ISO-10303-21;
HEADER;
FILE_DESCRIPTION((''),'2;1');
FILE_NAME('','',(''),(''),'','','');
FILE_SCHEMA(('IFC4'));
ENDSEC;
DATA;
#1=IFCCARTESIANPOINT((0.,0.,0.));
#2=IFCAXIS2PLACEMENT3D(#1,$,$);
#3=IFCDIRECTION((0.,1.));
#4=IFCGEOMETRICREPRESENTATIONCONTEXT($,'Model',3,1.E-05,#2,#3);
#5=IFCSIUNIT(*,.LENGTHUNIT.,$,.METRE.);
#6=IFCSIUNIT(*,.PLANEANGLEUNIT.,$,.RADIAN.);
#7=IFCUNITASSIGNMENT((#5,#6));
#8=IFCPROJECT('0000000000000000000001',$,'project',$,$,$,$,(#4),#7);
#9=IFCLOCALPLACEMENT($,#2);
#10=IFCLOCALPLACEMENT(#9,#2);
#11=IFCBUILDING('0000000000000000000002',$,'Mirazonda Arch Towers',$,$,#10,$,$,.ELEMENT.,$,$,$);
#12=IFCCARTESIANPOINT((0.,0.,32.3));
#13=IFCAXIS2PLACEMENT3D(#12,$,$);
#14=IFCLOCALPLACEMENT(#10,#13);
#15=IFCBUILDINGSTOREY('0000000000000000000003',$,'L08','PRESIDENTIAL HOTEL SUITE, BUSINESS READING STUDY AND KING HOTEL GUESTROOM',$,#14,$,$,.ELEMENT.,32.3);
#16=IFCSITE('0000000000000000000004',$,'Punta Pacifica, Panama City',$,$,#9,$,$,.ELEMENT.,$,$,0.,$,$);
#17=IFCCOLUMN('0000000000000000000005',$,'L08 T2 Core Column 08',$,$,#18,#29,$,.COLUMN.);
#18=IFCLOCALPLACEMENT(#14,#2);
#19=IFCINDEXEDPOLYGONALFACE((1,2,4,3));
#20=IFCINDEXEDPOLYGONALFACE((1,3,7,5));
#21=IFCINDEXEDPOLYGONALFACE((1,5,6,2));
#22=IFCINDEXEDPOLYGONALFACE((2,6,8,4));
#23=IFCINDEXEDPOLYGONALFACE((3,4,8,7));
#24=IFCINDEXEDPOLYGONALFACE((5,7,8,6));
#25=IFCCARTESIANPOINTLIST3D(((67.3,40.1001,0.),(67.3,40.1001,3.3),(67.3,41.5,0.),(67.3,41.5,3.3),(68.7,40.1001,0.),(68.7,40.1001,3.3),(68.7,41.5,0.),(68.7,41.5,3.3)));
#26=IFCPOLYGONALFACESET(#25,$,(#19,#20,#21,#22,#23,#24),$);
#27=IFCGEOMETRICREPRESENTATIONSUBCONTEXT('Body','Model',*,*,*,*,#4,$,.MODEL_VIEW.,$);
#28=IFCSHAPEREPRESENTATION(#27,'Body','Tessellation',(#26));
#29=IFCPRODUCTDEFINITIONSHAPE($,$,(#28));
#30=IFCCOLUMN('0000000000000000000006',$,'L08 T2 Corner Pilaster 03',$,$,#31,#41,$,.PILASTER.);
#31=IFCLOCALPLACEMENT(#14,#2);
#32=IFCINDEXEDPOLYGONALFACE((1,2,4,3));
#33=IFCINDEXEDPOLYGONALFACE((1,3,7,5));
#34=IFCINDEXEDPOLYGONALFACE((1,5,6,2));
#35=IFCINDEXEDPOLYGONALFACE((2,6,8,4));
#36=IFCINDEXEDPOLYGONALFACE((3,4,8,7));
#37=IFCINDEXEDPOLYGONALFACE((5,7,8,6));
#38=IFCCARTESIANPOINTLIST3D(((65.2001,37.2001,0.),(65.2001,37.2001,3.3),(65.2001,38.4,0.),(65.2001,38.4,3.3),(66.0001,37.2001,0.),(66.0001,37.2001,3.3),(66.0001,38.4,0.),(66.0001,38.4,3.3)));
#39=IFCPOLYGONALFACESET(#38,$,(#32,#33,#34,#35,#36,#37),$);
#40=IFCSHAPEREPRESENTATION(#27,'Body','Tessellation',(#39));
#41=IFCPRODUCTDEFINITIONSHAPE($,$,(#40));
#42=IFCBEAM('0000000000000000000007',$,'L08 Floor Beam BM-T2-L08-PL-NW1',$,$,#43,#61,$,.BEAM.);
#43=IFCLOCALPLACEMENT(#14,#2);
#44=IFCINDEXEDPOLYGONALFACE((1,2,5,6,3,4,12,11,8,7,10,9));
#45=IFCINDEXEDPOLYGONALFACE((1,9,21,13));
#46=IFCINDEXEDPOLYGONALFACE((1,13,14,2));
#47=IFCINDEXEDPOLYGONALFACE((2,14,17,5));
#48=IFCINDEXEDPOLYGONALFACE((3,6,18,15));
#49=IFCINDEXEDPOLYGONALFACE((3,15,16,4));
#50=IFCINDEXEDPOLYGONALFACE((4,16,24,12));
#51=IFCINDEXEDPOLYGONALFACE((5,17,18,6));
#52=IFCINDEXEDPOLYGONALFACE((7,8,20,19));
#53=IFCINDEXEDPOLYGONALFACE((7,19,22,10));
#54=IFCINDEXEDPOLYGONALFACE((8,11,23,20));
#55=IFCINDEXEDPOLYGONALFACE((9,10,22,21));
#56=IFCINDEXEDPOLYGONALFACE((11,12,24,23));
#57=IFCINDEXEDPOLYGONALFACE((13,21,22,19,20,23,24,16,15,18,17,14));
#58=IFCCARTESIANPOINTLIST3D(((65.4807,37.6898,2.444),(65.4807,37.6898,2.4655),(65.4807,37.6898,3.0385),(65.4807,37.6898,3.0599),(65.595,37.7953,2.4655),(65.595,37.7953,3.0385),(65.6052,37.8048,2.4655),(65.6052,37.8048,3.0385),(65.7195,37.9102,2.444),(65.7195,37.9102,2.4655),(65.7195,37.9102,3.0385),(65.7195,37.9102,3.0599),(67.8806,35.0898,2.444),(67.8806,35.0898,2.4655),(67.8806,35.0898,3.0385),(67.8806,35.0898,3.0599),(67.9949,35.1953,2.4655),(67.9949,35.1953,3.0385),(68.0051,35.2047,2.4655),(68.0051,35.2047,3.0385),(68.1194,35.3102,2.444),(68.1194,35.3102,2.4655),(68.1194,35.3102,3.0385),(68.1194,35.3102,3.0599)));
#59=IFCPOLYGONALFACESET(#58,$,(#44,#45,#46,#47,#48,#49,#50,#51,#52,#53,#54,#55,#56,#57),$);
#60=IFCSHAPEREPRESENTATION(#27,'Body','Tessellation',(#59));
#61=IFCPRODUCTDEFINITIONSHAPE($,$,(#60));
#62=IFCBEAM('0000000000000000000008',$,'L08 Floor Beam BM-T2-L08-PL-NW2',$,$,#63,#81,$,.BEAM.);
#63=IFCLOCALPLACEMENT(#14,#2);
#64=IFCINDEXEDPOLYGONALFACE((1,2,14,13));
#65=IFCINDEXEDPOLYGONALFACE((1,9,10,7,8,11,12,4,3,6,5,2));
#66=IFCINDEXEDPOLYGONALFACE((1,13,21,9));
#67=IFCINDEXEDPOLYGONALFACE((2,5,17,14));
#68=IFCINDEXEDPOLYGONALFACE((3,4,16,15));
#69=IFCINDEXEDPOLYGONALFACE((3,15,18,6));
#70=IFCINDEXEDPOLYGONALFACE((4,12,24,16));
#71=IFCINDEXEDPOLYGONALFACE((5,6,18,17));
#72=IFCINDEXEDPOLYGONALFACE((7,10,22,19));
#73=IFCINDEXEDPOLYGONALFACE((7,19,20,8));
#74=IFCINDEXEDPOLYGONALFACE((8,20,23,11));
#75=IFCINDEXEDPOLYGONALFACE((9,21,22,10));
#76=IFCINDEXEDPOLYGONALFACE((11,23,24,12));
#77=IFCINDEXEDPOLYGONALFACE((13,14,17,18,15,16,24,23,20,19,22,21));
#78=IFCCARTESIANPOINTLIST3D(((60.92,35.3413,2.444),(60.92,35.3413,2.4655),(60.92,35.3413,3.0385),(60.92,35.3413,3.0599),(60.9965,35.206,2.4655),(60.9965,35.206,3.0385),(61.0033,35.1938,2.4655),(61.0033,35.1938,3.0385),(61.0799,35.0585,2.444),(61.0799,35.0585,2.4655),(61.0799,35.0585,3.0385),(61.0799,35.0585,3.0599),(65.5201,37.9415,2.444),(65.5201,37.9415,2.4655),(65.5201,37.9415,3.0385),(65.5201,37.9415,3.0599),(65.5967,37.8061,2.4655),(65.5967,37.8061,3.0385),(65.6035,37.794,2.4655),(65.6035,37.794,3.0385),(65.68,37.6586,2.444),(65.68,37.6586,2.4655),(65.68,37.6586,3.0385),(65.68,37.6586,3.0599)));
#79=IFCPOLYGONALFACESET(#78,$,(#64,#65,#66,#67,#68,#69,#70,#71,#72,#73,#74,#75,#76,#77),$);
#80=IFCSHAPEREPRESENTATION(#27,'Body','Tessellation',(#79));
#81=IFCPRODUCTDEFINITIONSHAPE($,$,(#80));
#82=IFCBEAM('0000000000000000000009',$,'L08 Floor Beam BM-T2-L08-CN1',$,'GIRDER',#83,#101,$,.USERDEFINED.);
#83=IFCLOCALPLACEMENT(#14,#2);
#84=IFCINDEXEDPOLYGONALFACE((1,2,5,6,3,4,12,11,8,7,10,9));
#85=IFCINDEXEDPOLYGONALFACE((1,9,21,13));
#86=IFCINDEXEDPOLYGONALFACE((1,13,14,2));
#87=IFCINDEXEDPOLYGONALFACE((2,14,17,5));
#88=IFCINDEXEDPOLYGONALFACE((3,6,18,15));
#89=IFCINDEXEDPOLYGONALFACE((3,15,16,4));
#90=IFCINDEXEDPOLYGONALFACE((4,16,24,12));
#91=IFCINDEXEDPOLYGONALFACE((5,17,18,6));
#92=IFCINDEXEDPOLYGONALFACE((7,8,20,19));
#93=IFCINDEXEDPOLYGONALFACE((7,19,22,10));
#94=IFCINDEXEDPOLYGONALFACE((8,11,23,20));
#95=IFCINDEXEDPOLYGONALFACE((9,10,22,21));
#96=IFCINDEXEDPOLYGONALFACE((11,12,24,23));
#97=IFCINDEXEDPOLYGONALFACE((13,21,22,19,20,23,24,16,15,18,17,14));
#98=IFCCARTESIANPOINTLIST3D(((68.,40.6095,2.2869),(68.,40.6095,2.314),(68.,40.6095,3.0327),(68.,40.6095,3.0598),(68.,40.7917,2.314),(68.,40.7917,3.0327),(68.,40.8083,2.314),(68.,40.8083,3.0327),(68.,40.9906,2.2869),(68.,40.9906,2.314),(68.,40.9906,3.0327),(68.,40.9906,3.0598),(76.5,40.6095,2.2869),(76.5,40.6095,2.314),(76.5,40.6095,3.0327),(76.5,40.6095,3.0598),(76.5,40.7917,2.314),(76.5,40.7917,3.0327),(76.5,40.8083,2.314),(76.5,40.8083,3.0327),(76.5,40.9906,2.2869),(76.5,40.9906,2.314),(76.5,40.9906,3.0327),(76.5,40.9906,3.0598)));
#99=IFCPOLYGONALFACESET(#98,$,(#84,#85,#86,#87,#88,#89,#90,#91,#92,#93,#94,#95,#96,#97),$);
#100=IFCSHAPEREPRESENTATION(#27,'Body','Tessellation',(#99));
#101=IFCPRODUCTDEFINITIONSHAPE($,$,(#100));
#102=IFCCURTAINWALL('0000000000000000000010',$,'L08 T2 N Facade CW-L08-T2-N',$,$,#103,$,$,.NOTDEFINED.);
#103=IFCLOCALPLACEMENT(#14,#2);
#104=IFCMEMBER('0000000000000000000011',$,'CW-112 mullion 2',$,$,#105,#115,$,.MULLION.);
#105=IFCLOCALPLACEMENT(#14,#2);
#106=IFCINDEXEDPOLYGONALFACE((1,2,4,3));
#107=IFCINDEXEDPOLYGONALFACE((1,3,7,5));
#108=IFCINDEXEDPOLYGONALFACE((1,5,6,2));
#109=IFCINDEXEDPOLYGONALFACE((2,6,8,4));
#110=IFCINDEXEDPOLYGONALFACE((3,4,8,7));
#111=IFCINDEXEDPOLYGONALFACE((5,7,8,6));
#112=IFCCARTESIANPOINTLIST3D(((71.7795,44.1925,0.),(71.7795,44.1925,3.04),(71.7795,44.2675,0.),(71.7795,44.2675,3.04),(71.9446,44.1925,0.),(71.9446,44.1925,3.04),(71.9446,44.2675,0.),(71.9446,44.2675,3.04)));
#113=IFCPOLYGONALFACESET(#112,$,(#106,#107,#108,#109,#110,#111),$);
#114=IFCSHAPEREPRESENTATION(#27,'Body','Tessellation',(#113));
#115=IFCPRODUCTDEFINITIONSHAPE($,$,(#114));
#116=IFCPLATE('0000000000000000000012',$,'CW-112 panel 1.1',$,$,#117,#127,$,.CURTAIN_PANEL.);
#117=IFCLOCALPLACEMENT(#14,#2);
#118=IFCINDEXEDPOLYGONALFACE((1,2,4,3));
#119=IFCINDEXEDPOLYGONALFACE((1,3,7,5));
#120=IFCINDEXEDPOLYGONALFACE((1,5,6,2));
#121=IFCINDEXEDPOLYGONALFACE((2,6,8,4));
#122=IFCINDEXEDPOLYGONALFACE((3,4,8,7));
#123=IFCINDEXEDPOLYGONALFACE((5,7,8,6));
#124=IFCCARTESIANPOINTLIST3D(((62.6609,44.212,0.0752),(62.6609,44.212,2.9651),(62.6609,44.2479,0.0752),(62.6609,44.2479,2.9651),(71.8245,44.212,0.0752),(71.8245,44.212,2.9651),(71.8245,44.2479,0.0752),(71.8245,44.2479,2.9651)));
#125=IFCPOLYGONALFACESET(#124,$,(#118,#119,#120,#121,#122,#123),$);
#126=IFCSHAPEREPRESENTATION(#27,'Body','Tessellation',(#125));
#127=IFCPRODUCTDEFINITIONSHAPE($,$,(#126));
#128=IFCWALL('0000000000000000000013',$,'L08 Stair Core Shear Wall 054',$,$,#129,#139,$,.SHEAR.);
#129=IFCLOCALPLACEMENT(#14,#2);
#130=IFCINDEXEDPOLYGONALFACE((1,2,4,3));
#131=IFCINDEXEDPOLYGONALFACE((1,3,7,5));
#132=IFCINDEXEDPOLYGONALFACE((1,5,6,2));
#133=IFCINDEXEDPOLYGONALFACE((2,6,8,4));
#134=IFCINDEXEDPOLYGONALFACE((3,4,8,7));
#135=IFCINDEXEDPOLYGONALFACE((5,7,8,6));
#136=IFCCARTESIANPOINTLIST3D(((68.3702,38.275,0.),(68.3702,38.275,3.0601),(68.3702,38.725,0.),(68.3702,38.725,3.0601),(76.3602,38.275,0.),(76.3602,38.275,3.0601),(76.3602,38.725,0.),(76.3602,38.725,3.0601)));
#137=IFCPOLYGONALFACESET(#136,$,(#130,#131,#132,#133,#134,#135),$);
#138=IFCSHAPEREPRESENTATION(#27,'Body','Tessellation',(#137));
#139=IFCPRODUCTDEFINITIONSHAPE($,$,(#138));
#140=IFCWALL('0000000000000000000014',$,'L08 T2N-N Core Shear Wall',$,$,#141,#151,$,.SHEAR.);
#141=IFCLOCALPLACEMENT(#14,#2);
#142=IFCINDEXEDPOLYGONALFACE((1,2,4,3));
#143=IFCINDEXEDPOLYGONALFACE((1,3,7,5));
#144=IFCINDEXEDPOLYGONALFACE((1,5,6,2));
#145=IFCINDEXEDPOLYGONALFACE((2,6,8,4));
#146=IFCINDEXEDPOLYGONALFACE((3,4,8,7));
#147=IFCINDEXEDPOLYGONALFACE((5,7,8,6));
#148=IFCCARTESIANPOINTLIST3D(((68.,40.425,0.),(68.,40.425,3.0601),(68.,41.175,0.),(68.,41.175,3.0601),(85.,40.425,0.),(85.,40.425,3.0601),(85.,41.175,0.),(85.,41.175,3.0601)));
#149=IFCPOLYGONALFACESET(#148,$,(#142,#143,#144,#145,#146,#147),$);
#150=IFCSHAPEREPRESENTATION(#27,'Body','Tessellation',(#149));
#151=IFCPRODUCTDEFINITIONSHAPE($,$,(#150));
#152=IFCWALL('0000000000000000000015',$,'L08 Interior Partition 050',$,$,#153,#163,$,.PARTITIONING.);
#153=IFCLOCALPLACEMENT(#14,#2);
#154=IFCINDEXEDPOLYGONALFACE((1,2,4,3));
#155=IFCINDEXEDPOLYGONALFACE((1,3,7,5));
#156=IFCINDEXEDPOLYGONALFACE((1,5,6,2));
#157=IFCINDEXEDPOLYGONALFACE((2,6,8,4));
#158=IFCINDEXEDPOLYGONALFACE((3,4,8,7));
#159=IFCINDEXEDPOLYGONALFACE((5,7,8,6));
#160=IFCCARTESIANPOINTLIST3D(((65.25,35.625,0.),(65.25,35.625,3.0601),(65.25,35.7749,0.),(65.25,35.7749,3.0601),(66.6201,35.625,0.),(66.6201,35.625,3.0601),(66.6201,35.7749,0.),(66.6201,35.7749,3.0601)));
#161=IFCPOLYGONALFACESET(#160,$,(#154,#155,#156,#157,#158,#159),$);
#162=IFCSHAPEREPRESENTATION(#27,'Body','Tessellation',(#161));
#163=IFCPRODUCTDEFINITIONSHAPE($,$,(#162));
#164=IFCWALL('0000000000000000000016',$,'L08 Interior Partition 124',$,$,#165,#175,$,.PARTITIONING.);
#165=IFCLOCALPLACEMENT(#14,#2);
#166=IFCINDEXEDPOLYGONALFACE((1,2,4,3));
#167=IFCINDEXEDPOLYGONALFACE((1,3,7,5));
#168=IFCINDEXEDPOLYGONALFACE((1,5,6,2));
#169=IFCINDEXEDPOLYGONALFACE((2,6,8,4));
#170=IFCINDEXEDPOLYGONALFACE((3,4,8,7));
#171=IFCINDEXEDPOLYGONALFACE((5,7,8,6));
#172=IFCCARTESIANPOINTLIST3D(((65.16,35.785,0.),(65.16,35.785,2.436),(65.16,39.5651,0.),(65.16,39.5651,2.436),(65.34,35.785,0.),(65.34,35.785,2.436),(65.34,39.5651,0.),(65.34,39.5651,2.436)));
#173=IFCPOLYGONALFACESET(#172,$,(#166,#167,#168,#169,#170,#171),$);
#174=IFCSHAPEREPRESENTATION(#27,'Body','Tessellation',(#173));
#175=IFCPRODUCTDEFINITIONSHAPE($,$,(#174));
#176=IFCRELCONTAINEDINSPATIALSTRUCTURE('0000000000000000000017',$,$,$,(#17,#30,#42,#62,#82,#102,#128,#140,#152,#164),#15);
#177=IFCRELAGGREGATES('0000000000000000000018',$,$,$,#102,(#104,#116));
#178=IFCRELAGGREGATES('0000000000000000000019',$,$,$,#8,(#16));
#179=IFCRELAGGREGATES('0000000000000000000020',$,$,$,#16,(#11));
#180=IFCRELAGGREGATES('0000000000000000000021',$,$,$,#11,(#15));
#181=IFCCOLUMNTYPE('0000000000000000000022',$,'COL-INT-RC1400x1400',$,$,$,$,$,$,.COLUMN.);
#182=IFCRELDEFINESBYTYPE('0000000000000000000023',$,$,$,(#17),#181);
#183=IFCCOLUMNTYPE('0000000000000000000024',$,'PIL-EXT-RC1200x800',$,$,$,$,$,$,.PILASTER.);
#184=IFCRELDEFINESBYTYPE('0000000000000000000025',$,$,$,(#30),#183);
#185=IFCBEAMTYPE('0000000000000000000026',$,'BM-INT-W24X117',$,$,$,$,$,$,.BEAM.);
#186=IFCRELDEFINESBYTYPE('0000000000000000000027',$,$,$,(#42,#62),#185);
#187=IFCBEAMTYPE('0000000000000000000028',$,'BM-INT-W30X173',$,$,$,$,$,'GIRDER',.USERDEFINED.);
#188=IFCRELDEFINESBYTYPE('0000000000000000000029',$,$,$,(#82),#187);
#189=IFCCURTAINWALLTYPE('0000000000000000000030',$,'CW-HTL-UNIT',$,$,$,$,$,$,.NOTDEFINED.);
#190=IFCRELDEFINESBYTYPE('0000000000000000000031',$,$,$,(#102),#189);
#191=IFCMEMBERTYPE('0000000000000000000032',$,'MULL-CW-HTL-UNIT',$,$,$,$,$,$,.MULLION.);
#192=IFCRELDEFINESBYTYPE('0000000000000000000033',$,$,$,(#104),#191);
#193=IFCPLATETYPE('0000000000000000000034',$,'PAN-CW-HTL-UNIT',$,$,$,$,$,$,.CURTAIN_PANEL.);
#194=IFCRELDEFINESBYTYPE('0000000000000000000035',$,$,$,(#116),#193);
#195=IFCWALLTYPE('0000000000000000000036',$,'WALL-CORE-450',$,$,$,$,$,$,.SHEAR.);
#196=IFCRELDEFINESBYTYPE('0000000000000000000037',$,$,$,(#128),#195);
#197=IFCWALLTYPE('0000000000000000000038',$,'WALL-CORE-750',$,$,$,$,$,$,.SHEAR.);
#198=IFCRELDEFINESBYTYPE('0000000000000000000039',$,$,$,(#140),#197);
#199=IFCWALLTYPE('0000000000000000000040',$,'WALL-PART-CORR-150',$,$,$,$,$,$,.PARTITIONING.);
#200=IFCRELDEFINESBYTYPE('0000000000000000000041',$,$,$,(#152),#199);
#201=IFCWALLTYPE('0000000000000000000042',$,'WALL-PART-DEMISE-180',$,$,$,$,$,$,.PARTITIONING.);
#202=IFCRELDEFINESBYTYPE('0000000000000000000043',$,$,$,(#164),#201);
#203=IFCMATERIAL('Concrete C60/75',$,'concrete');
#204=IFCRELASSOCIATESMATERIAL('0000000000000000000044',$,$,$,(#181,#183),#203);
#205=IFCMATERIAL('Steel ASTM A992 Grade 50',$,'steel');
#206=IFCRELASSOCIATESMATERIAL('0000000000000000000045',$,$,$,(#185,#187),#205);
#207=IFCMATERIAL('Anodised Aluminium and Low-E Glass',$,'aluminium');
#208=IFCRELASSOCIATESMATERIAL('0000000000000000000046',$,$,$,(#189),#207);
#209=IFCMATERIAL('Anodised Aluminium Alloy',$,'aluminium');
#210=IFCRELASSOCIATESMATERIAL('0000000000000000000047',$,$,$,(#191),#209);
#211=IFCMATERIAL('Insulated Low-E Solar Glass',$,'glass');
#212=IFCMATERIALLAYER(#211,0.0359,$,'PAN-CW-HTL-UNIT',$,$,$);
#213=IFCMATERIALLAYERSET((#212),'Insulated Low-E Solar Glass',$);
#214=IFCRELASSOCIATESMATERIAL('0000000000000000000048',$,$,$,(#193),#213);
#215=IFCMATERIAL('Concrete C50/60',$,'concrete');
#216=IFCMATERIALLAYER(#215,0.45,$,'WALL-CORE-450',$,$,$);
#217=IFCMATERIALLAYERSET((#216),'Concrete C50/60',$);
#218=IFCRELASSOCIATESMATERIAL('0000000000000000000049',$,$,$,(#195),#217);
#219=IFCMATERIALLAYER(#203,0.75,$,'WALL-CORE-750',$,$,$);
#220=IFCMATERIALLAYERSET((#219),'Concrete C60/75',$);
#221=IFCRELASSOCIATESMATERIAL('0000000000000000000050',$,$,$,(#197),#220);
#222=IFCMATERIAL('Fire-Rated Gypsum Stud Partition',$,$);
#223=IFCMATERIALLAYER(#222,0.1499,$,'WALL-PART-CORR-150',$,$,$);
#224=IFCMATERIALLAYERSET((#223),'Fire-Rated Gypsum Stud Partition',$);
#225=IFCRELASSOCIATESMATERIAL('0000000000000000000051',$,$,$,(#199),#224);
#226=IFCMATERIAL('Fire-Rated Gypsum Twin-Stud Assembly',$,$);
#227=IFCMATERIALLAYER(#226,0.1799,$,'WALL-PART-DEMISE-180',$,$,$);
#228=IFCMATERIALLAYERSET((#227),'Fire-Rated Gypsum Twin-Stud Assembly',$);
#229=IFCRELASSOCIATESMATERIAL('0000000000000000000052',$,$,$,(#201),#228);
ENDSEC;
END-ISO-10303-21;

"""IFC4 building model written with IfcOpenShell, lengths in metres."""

from ifc_helpers import new_model, si_unit, direction, frame, frame_2d, origin, origin_2d, place, context, subcontext, project, spatial, rectangle, i_section, extrude, material, layer, layer_set, material_profile, profile_set, type_object, element, aggregate, save


model = new_model("IFC4")

# Units and contexts
model_context = context("Model", 3, precision=1e-05, world=origin(), true_north=direction((0.0, 1.0)))
body_context = subcontext(model_context, "Body", "Model", "MODEL_VIEW")
ifc_project = project(units=[si_unit("LENGTHUNIT", "METRE"), si_unit("PLANEANGLEUNIT", "RADIAN")], contexts=[model_context])

# Site, building, storey
site_placement = place(None, origin())
site = spatial("IfcSite", under=ifc_project, at=site_placement, Name="Punta Pacifica, Panama City", CompositionType="ELEMENT", RefElevation=0.0)
building_placement = place(site_placement, origin())
building = spatial("IfcBuilding", under=site, at=building_placement, Name="Mirazonda Arch Towers", CompositionType="ELEMENT")
storey_placement = place(building_placement, frame((0.0, 0.0, 32.3)))
storey = spatial("IfcBuildingStorey", under=building, at=storey_placement, Name="L08", Description="PRESIDENTIAL HOTEL SUITE, BUSINESS READING STUDY AND KING HOTEL GUESTROOM", CompositionType="ELEMENT", Elevation=32.3)

# Columns
ifc_material_1 = material(Name="Concrete C60/75", Category="concrete")
ifc_material_profile_1 = material_profile(ifc_material_1, rectangle(XDim=1.3999, YDim=1.3999, at=origin_2d()), Name="RC1400x1400")
ifc_profile_set_1 = profile_set([ifc_material_profile_1], Name="Concrete C60/75")
column_type_1 = type_object("IfcColumnType", Name="COL-INT-RC1400x1400", PredefinedType="COLUMN", material=ifc_profile_set_1)
column_1_placement = place(storey_placement, frame((68.0, 40.8, 0.0), z_axis=(0.0, 0.0, 1.0), x_axis=(1.0, 0.0, 0.0)))
element("IfcColumn", 1, at=column_1_placement, inside=storey, type_object=column_type_1, Name="L08 T2 Core Column 08", PredefinedType="COLUMN", context=body_context, shape_type="SweptSolid", body=[
    extrude(rectangle(XDim=1.3999, YDim=1.3999, at=origin_2d()), origin(), (0.0, 0.0, 1.0), 3.3),
])
ifc_material_profile_2 = material_profile(ifc_material_1, rectangle(XDim=0.8, YDim=1.2, at=origin_2d()), Name="RC1200x800")
ifc_profile_set_2 = profile_set([ifc_material_profile_2], Name="Concrete C60/75")
column_type_2 = type_object("IfcColumnType", Name="PIL-EXT-RC1200x800", PredefinedType="PILASTER", material=ifc_profile_set_2)
column_2_placement = place(storey_placement, frame((65.6001, 37.8, 0.0), z_axis=(0.0, 0.0, 1.0), x_axis=(1.0, 0.0, 0.0)))
element("IfcColumn", 2, at=column_2_placement, inside=storey, type_object=column_type_2, Name="L08 T2 Corner Pilaster 03", PredefinedType="PILASTER", context=body_context, shape_type="SweptSolid", body=[
    extrude(rectangle(XDim=0.8, YDim=1.2, at=origin_2d()), origin(), (0.0, 0.0, 1.0), 3.3),
])

# Beams
ifc_material_2 = material(Name="Steel ASTM A992 Grade 50", Category="steel")
ifc_material_profile_3 = material_profile(ifc_material_2, i_section(OverallWidth=0.325, OverallDepth=0.616, WebThickness=0.0139, FlangeThickness=0.0215, at=origin_2d()), Name="W24X117")
ifc_profile_set_3 = profile_set([ifc_material_profile_3], Name="Steel ASTM A992 Grade 50")
beam_type_1 = type_object("IfcBeamType", Name="BM-INT-W24X117", PredefinedType="BEAM", material=ifc_profile_set_3)
beam_1_placement = place(storey_placement, frame((65.6001, 37.8, 2.752), z_axis=(0.678251, -0.73483, 0.0), x_axis=(0.73483, 0.678251, 0.0)))
element("IfcBeam", 3, at=beam_1_placement, inside=storey, type_object=beam_type_1, Name="L08 Floor Beam BM-T2-L08-PL-NW1", PredefinedType="BEAM", context=body_context, shape_type="SweptSolid", body=[
    extrude(i_section(OverallWidth=0.325, OverallDepth=0.616, WebThickness=0.0139, FlangeThickness=0.0215, at=origin_2d()), origin(), (0.0, 0.0, 1.0), 3.5383),
])
beam_2_placement = place(storey_placement, frame((65.6001, 37.8, 2.752), z_axis=(-0.870559, -0.492063, 0.0), x_axis=(0.492063, -0.870559, 0.0)))
element("IfcBeam", 4, at=beam_2_placement, inside=storey, type_object=beam_type_1, Name="L08 Floor Beam BM-T2-L08-PL-NW2", PredefinedType="BEAM", context=body_context, shape_type="SweptSolid", body=[
    extrude(i_section(OverallWidth=0.325, OverallDepth=0.616, WebThickness=0.0139, FlangeThickness=0.0215, at=origin_2d()), origin(), (0.0, 0.0, 1.0), 5.2842),
])
ifc_material_profile_4 = material_profile(ifc_material_2, i_section(OverallWidth=0.3811, OverallDepth=0.7729, WebThickness=0.0166, FlangeThickness=0.0271, at=origin_2d()), Name="W30X173")
ifc_profile_set_4 = profile_set([ifc_material_profile_4], Name="Steel ASTM A992 Grade 50")
beam_type_2 = type_object("IfcBeamType", Name="BM-INT-W30X173", ElementType="GIRDER", PredefinedType="USERDEFINED", material=ifc_profile_set_4)
beam_3_placement = place(storey_placement, frame((68.0, 40.8, 2.6733), z_axis=(1.0, 0.0, 0.0), x_axis=(0.0, 1.0, 0.0)))
element("IfcBeam", 5, at=beam_3_placement, inside=storey, type_object=beam_type_2, Name="L08 Floor Beam BM-T2-L08-CN1", ObjectType="GIRDER", PredefinedType="USERDEFINED", context=body_context, shape_type="SweptSolid", body=[
    extrude(i_section(OverallWidth=0.3811, OverallDepth=0.7729, WebThickness=0.0166, FlangeThickness=0.0271, at=origin_2d()), origin(), (0.0, 0.0, 1.0), 8.5),
])

# Curtain wall, member, plate
ifc_material_3 = material(Name="Anodised Aluminium and Low-E Glass", Category="aluminium")
curtain_wall_type = type_object("IfcCurtainWallType", Name="CW-HTL-UNIT", PredefinedType="NOTDEFINED", material=ifc_material_3)
curtain_wall_placement = place(storey_placement, origin())
curtain_wall = element("IfcCurtainWall", 6, at=curtain_wall_placement, inside=storey, type_object=curtain_wall_type, Name="L08 T2 N Facade CW-L08-T2-N", PredefinedType="NOTDEFINED")
ifc_material_4 = material(Name="Anodised Aluminium Alloy", Category="aluminium")
ifc_material_profile_5 = material_profile(ifc_material_4, rectangle(XDim=0.075, YDim=0.165, at=origin_2d()), Name="ALU-MULL-75x165")
ifc_profile_set_5 = profile_set([ifc_material_profile_5], Name="Anodised Aluminium Alloy")
member_type = type_object("IfcMemberType", Name="MULL-CW-HTL-UNIT", PredefinedType="MULLION", material=ifc_profile_set_5)
member_placement = place(storey_placement, frame((71.8621, 44.23, 0.0), z_axis=(0.0, 0.0, 1.0), x_axis=(0.0, 1.0, 0.0)))
member = element("IfcMember", 7, at=member_placement, type_object=member_type, Name="CW-112 mullion 2", PredefinedType="MULLION", context=body_context, shape_type="SweptSolid", body=[
    extrude(rectangle(XDim=0.075, YDim=0.165, at=origin_2d()), origin(), (0.0, 0.0, 1.0), 3.04),
])
ifc_material_5 = material(Name="Insulated Low-E Solar Glass", Category="glass")
ifc_layer_1 = layer(ifc_material_5, 0.0359, Name="PAN-CW-HTL-UNIT")
ifc_layer_set_1 = layer_set([ifc_layer_1], Name="Insulated Low-E Solar Glass")
plate_type = type_object("IfcPlateType", Name="PAN-CW-HTL-UNIT", PredefinedType="CURTAIN_PANEL", material=ifc_layer_set_1)
plate_placement = place(storey_placement, frame((67.2427, 44.23, 0.0752), z_axis=(0.0, 0.0, 1.0), x_axis=(1.0, 0.0, 0.0)))
plate = element("IfcPlate", 8, at=plate_placement, type_object=plate_type, Name="CW-112 panel 1.1", PredefinedType="CURTAIN_PANEL", context=body_context, shape_type="SweptSolid", body=[
    extrude(rectangle(XDim=9.1636, YDim=0.0359, at=origin_2d()), origin(), (0.0, 0.0, 1.0), 2.8899),
])
aggregate(curtain_wall, [member, plate])

# Walls
ifc_material_6 = material(Name="Concrete C50/60", Category="concrete")
ifc_layer_2 = layer(ifc_material_6, 0.45, Name="WALL-CORE-450")
ifc_layer_set_2 = layer_set([ifc_layer_2], Name="Concrete C50/60")
wall_type_1 = type_object("IfcWallType", Name="WALL-CORE-450", PredefinedType="SHEAR", material=ifc_layer_set_2)
wall_1_placement = place(storey_placement, frame((68.3701, 38.5, 0.0), z_axis=(0.0, 0.0, 1.0), x_axis=(1.0, 0.0, 0.0)))
element("IfcWall", 9, at=wall_1_placement, inside=storey, type_object=wall_type_1, Name="L08 Stair Core Shear Wall 054", PredefinedType="SHEAR", context=body_context, shape_type="SweptSolid", body=[
    extrude(rectangle(XDim=7.99, YDim=0.45, at=frame_2d((3.9951, 0.0))), origin(), (0.0, 0.0, 1.0), 3.0601),
])
ifc_layer_3 = layer(ifc_material_1, 0.75, Name="WALL-CORE-750")
ifc_layer_set_3 = layer_set([ifc_layer_3], Name="Concrete C60/75")
wall_type_2 = type_object("IfcWallType", Name="WALL-CORE-750", PredefinedType="SHEAR", material=ifc_layer_set_3)
wall_2_placement = place(storey_placement, frame((68.0, 40.8, 0.0), z_axis=(0.0, 0.0, 1.0), x_axis=(1.0, 0.0, 0.0)))
element("IfcWall", 10, at=wall_2_placement, inside=storey, type_object=wall_type_2, Name="L08 T2N-N Core Shear Wall", PredefinedType="SHEAR", context=body_context, shape_type="SweptSolid", body=[
    extrude(rectangle(XDim=17.0, YDim=0.75, at=frame_2d((8.5, 0.0))), origin(), (0.0, 0.0, 1.0), 3.0601),
])
ifc_material_7 = material(Name="Fire-Rated Gypsum Stud Partition")
ifc_layer_4 = layer(ifc_material_7, 0.1499, Name="WALL-PART-CORR-150")
ifc_layer_set_4 = layer_set([ifc_layer_4], Name="Fire-Rated Gypsum Stud Partition")
wall_type_3 = type_object("IfcWallType", Name="WALL-PART-CORR-150", PredefinedType="PARTITIONING", material=ifc_layer_set_4)
wall_3_placement = place(storey_placement, frame((65.25, 35.7, 0.0), z_axis=(0.0, 0.0, 1.0), x_axis=(1.0, 0.0, 0.0)))
element("IfcWall", 11, at=wall_3_placement, inside=storey, type_object=wall_type_3, Name="L08 Interior Partition 050", PredefinedType="PARTITIONING", context=body_context, shape_type="SweptSolid", body=[
    extrude(rectangle(XDim=1.3701, YDim=0.1499, at=frame_2d((0.6851, 0.0))), origin(), (0.0, 0.0, 1.0), 3.0601),
])
ifc_material_8 = material(Name="Fire-Rated Gypsum Twin-Stud Assembly")
ifc_layer_5 = layer(ifc_material_8, 0.1799, Name="WALL-PART-DEMISE-180")
ifc_layer_set_5 = layer_set([ifc_layer_5], Name="Fire-Rated Gypsum Twin-Stud Assembly")
wall_type_4 = type_object("IfcWallType", Name="WALL-PART-DEMISE-180", PredefinedType="PARTITIONING", material=ifc_layer_set_5)
wall_4_placement = place(storey_placement, frame((65.25, 35.7849, 0.0), z_axis=(0.0, 0.0, 1.0), x_axis=(0.0, 1.0, 0.0)))
element("IfcWall", 12, at=wall_4_placement, inside=storey, type_object=wall_type_4, Name="L08 Interior Partition 124", PredefinedType="PARTITIONING", context=body_context, shape_type="SweptSolid", body=[
    extrude(rectangle(XDim=3.78, YDim=0.1799, at=frame_2d((1.8901, 0.0))), origin(), (0.0, 0.0, 1.0), 2.436),
])

save(model, "model.ifc")
